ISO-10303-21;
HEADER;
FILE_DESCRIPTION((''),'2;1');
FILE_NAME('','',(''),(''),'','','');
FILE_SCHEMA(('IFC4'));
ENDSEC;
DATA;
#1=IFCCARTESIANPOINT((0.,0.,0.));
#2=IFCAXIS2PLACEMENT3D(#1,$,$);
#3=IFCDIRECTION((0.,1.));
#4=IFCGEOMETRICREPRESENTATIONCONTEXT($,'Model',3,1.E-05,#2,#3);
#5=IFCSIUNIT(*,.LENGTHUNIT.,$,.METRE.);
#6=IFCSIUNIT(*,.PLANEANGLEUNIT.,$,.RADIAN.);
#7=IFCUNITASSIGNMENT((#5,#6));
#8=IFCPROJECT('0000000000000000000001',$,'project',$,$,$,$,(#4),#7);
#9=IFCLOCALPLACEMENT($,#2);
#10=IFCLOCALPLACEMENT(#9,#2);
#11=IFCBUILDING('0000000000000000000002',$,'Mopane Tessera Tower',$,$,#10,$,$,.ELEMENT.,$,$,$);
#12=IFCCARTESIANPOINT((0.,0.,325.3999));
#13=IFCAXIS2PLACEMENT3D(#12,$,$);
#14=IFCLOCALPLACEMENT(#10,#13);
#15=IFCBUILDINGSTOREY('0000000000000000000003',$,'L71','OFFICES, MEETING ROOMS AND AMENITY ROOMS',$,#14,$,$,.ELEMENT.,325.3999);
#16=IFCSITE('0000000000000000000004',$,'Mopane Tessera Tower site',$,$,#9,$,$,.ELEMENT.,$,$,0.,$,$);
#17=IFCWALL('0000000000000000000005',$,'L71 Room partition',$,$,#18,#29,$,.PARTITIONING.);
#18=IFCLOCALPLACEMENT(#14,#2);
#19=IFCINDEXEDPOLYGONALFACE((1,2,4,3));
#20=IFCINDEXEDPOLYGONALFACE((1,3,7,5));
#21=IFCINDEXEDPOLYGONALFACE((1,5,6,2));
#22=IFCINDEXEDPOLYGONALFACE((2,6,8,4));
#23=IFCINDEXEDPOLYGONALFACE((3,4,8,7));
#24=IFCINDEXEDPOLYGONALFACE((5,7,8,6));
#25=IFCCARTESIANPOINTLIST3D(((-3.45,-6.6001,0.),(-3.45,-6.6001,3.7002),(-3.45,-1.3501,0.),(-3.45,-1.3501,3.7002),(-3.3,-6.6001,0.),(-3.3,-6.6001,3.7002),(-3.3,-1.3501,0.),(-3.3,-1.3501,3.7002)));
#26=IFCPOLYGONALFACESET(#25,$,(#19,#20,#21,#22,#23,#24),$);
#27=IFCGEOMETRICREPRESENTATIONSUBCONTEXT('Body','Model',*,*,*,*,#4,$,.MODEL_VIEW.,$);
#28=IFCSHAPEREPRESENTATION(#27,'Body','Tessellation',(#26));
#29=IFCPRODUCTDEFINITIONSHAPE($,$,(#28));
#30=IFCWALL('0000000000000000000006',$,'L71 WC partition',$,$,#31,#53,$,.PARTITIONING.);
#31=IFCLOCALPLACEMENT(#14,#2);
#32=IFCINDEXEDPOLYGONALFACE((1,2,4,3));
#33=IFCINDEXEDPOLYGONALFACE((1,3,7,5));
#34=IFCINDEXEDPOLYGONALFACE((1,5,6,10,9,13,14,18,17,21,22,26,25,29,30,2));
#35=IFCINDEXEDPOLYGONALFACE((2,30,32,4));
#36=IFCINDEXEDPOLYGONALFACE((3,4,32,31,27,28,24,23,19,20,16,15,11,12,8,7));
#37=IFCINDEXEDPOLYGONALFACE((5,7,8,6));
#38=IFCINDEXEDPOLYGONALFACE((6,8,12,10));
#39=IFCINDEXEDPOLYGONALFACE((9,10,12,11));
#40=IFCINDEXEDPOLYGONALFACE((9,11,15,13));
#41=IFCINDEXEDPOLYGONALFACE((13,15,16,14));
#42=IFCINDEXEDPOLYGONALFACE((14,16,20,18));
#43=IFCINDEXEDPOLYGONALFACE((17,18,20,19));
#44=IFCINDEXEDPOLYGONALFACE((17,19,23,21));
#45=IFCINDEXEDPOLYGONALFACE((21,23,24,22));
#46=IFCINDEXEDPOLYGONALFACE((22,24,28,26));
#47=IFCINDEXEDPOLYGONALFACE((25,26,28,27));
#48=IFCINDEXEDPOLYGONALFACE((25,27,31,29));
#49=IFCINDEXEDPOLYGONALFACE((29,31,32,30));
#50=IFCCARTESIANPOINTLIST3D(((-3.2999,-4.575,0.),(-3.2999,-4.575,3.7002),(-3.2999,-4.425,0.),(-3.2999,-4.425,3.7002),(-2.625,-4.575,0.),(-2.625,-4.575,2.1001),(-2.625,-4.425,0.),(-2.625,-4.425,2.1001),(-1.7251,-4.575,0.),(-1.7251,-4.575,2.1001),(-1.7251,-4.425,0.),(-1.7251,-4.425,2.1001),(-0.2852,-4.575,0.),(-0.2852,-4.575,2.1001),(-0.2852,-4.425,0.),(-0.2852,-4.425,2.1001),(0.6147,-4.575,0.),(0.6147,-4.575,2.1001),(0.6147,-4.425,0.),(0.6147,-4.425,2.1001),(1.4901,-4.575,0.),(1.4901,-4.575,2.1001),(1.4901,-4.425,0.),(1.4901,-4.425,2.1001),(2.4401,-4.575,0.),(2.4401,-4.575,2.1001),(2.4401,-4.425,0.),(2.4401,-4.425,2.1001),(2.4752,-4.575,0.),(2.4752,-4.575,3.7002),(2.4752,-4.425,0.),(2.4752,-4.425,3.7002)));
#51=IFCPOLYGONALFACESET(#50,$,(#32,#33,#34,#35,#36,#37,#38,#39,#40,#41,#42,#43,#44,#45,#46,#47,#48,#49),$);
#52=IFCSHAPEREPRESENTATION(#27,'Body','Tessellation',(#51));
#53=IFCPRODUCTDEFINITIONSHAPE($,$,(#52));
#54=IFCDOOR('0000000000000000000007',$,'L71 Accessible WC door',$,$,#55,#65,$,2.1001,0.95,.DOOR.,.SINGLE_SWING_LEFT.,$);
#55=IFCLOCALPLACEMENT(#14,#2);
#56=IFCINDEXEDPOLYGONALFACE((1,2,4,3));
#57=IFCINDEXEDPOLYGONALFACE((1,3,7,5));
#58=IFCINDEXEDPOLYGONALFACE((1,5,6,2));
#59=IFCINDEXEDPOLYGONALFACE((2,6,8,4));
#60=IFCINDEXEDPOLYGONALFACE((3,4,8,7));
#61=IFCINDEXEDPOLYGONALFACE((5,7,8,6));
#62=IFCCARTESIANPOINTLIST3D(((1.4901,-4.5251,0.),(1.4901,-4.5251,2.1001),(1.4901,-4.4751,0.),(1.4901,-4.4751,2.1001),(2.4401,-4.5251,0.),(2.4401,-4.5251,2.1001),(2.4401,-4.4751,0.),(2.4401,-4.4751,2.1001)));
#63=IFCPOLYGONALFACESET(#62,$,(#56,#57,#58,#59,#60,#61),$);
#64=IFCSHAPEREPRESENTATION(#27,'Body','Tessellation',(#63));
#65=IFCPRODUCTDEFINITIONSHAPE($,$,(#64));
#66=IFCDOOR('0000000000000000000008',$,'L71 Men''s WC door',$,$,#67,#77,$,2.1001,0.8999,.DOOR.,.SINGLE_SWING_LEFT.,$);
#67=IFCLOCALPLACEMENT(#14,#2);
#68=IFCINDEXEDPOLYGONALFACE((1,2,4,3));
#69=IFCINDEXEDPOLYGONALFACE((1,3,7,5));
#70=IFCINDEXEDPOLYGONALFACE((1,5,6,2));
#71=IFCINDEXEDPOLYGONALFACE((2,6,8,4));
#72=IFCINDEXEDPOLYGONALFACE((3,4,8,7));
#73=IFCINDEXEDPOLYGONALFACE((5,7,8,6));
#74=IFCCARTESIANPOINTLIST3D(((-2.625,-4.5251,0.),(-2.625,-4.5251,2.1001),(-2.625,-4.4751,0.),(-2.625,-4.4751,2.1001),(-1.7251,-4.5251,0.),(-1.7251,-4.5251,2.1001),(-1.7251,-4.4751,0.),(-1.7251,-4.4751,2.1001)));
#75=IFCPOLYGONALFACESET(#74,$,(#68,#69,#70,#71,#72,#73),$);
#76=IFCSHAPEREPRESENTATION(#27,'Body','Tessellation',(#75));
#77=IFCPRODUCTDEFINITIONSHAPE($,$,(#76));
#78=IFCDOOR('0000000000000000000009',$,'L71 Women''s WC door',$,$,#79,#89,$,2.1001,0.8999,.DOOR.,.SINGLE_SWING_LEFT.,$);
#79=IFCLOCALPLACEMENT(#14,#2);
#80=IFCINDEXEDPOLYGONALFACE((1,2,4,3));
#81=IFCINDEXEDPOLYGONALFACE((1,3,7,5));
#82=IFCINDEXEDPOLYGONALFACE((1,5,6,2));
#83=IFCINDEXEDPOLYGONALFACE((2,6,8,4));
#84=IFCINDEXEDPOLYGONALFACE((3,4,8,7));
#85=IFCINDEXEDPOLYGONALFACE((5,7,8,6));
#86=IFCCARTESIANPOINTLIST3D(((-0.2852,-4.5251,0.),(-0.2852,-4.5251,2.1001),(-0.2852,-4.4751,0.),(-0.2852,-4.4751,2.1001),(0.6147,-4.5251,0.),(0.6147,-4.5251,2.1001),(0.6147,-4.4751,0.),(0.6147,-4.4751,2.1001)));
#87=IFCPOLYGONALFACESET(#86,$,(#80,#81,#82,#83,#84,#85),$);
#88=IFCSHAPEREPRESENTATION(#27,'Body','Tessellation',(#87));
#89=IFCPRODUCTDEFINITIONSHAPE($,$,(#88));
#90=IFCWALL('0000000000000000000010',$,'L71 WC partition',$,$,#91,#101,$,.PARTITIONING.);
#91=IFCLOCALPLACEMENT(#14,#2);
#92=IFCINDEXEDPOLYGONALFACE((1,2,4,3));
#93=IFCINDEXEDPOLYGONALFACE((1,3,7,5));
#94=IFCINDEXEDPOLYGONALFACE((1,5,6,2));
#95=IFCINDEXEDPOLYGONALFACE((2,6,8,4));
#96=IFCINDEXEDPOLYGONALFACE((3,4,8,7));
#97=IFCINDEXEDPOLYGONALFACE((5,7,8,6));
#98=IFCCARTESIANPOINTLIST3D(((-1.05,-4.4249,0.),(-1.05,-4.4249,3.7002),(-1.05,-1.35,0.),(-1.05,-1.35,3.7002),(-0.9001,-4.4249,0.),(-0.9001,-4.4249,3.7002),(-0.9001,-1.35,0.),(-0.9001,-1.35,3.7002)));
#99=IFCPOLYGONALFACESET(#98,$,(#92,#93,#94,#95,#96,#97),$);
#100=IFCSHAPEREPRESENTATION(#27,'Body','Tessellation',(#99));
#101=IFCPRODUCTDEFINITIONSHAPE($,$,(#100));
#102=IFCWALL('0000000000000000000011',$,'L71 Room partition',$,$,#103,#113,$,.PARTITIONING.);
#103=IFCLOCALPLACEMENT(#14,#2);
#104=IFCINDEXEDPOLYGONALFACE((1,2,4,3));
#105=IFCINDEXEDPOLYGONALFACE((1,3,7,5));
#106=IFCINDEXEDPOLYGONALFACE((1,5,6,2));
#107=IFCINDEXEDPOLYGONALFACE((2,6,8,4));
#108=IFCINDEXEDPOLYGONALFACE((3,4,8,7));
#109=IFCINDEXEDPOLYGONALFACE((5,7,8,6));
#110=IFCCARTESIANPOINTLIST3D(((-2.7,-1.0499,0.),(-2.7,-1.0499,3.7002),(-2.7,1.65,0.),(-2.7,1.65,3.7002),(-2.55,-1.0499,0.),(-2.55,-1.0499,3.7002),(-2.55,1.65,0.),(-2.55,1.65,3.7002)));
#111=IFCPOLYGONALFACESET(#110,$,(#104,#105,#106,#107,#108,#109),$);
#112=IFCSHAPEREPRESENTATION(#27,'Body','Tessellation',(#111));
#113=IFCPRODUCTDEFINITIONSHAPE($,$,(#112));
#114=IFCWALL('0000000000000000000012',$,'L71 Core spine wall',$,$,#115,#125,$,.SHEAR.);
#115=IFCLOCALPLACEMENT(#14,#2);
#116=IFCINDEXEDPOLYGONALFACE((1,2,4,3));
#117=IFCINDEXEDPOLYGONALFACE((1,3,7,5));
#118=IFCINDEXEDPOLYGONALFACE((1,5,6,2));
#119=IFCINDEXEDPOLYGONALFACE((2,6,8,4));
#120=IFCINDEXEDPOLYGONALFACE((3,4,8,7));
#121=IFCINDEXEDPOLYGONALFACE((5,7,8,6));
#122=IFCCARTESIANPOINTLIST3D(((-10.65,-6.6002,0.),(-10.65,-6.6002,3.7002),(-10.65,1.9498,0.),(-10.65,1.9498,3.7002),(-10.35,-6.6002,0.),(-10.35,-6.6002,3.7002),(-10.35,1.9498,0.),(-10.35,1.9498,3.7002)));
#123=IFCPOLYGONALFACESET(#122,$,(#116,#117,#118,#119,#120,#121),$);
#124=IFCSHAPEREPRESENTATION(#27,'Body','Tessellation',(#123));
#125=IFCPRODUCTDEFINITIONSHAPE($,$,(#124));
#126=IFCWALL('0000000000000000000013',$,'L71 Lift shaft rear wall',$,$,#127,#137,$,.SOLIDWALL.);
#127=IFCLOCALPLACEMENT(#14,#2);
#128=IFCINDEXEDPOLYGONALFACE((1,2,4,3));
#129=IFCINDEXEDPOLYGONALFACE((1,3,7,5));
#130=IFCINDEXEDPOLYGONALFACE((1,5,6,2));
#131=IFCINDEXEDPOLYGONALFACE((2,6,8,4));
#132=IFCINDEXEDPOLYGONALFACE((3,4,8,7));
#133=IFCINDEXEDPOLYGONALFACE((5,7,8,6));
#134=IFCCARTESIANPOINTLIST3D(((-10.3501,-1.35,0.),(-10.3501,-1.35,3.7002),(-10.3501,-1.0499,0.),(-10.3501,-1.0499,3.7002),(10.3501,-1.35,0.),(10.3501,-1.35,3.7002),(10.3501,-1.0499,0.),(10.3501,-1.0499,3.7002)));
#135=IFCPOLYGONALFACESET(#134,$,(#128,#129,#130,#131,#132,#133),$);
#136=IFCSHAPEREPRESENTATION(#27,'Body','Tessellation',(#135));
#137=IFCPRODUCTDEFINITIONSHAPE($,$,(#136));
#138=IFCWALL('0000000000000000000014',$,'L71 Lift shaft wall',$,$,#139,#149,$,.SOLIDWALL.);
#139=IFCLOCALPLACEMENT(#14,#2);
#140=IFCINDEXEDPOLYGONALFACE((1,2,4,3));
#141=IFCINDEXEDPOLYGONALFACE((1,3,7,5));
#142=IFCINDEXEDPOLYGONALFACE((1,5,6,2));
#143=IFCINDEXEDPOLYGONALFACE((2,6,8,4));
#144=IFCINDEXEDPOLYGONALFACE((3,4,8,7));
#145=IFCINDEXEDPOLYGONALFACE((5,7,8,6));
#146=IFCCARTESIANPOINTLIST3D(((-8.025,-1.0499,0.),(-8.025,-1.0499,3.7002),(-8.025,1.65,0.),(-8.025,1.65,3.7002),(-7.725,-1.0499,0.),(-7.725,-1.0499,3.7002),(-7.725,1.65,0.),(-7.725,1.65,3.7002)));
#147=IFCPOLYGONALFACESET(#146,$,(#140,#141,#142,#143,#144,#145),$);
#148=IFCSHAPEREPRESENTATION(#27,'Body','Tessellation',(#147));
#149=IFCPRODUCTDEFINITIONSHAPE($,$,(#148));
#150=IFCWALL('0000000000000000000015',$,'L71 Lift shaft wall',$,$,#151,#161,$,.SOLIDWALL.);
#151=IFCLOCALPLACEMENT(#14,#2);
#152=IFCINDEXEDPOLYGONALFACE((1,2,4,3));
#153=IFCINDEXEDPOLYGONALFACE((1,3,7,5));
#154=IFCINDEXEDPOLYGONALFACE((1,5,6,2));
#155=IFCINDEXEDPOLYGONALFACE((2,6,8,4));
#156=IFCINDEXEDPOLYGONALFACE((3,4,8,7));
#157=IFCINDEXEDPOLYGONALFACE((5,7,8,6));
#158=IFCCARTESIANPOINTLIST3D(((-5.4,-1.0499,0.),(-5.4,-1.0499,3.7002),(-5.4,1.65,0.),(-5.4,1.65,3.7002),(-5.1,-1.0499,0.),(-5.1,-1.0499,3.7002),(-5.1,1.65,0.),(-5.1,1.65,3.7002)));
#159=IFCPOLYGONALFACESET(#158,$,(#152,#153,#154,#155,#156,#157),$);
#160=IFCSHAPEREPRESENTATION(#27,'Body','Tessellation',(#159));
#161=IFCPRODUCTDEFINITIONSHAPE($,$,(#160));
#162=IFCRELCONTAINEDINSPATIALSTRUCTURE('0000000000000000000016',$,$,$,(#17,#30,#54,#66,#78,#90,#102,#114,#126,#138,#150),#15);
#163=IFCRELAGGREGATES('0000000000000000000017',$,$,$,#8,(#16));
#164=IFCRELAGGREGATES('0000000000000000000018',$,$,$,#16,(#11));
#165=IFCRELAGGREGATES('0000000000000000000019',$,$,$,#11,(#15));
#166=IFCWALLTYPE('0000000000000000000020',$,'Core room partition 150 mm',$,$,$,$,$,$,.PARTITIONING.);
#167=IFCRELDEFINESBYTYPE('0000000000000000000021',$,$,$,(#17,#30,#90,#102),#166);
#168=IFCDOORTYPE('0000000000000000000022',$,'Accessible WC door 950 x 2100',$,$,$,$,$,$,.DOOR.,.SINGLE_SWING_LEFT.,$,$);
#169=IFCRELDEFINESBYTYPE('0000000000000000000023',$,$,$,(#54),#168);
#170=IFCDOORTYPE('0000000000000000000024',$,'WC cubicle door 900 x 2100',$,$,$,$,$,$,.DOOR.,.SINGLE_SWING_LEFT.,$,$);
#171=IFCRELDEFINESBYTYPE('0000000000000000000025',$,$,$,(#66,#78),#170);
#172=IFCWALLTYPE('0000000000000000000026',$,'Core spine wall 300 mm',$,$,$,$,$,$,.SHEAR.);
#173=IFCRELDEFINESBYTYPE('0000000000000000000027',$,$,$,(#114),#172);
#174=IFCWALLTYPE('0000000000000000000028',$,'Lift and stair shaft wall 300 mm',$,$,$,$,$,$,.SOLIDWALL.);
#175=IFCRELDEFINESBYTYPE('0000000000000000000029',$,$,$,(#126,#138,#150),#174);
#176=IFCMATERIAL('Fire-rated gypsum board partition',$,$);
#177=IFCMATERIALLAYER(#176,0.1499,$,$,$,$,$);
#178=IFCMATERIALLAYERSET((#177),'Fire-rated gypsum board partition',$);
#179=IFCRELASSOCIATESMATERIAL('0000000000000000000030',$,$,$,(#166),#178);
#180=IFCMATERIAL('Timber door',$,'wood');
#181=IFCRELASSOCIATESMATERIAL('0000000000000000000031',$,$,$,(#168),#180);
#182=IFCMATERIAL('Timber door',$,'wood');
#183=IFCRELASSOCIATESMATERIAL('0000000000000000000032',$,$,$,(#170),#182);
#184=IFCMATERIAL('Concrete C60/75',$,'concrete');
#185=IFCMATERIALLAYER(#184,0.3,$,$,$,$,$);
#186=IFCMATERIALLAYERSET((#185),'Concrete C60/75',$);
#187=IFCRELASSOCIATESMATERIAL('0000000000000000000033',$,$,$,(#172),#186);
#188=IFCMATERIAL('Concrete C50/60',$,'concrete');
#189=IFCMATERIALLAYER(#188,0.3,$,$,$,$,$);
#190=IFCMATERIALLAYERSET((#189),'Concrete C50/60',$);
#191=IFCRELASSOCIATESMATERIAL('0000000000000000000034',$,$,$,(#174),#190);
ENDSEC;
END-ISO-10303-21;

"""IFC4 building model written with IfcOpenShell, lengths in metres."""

from ifc_helpers import new_model, si_unit, direction, frame, frame_2d, origin, place, context, subcontext, project, spatial, rectangle, extrude, material, layer, layer_set, type_object, element, fill, save


model = new_model("IFC4")

# Units and contexts
model_context = context("Model", 3, precision=1e-05, world=origin(), true_north=direction((0.0, 1.0)))
body_context = subcontext(model_context, "Body", "Model", "MODEL_VIEW")
ifc_project = project(units=[si_unit("LENGTHUNIT", "METRE"), si_unit("PLANEANGLEUNIT", "RADIAN")], contexts=[model_context])

# Site, building, storey
site_placement = place(None, origin())
site = spatial("IfcSite", under=ifc_project, at=site_placement, Name="Mopane Tessera Tower site", CompositionType="ELEMENT", RefElevation=0.0)
building_placement = place(site_placement, origin())
building = spatial("IfcBuilding", under=site, at=building_placement, Name="Mopane Tessera Tower", CompositionType="ELEMENT")
storey_placement = place(building_placement, frame((0.0, 0.0, 325.3999)))
storey = spatial("IfcBuildingStorey", under=building, at=storey_placement, Name="L71", Description="OFFICES, MEETING ROOMS AND AMENITY ROOMS", CompositionType="ELEMENT", Elevation=325.3999)

# Wall
ifc_material_1 = material(Name="Fire-rated gypsum board partition")
ifc_layer_1 = layer(ifc_material_1, 0.1499)
ifc_layer_set_1 = layer_set([ifc_layer_1], Name="Fire-rated gypsum board partition")
wall_type_1 = type_object("IfcWallType", Name="Core room partition 150 mm", PredefinedType="PARTITIONING", material=ifc_layer_set_1)
for number, where, z_axis, x_axis, name in (
    (1, (-3.375, -6.6001, 0.0), (0.0, 0.0, 1.0), (0.0, 1.0, 0.0), "L71 Room partition"),
):
    element("IfcWall", number, at=place(storey_placement, frame(where, z_axis=z_axis, x_axis=x_axis)), inside=storey, type_object=wall_type_1, Name=name, PredefinedType="PARTITIONING", context=body_context, shape_type="SweptSolid", body=[
        extrude(rectangle(XDim=5.25, YDim=0.1499, at=frame_2d((2.625, 0.0))), origin(), (0.0, 0.0, 1.0), 3.7002),
    ])

# Wall, openings, doors
wall_1_placement = place(storey_placement, frame((-3.3, -4.5, 0.0), z_axis=(0.0, 0.0, 1.0), x_axis=(1.0, 0.0, 0.0)))
wall_1 = element("IfcWall", 2, at=wall_1_placement, inside=storey, type_object=wall_type_1, Name="L71 WC partition", PredefinedType="PARTITIONING", context=body_context, shape_type="SweptSolid", body=[
    extrude(rectangle(XDim=5.7751, YDim=0.1499, at=frame_2d((2.8877, 0.0))), origin(), (0.0, 0.0, 1.0), 3.7002),
])
opening_1_placement = place(wall_1_placement, frame((0.675, 0.0, 0.0)))
opening_1 = element("IfcOpeningElement", 3, at=opening_1_placement, cuts=wall_1, PredefinedType="OPENING", context=body_context, shape_type="SweptSolid", body=[
    extrude(rectangle(XDim=0.8999, YDim=2.1001, at=frame_2d((0.45, 1.05))), frame((0.0, 0.0869, 0.0), z_axis=(0.0, -1.0, 0.0), x_axis=(1.0, 0.0, 0.0)), (0.0, 0.0, 1.0), 0.1738),
])
opening_2_placement = place(wall_1_placement, frame((3.0149, 0.0, 0.0)))
opening_2 = element("IfcOpeningElement", 4, at=opening_2_placement, cuts=wall_1, PredefinedType="OPENING", context=body_context, shape_type="SweptSolid", body=[
    extrude(rectangle(XDim=0.8999, YDim=2.1001, at=frame_2d((0.45, 1.05))), frame((0.0, 0.0869, 0.0), z_axis=(0.0, -1.0, 0.0), x_axis=(1.0, 0.0, 0.0)), (0.0, 0.0, 1.0), 0.1738),
])
opening_3_placement = place(wall_1_placement, frame((4.79, 0.0, 0.0)))
opening_3 = element("IfcOpeningElement", 5, at=opening_3_placement, cuts=wall_1, PredefinedType="OPENING", context=body_context, shape_type="SweptSolid", body=[
    extrude(rectangle(XDim=0.95, YDim=2.1001, at=frame_2d((0.4751, 1.05))), frame((0.0, 0.0869, 0.0), z_axis=(0.0, -1.0, 0.0), x_axis=(1.0, 0.0, 0.0)), (0.0, 0.0, 1.0), 0.1738),
])
ifc_material_2 = material(Name="Timber door", Category="wood")
door_type_1 = type_object("IfcDoorType", Name="Accessible WC door 950 x 2100", OperationType="SINGLE_SWING_LEFT", PredefinedType="DOOR", material=ifc_material_2)
door_1_placement = place(opening_3_placement, origin())
door_1 = element("IfcDoor", 6, at=door_1_placement, inside=storey, type_object=door_type_1, Name="L71 Accessible WC door", OperationType="SINGLE_SWING_LEFT", OverallHeight=2.1001, OverallWidth=0.95, PredefinedType="DOOR", context=body_context, shape_type="SweptSolid", body=[
    extrude(rectangle(XDim=0.95, YDim=2.1001, at=frame_2d((0.4751, 1.05))), frame((0.0, 0.0249, 0.0), z_axis=(0.0, -1.0, 0.0), x_axis=(1.0, 0.0, 0.0)), (0.0, 0.0, 1.0), 0.05),
])
fill(opening_3, door_1)
ifc_material_3 = material(Name="Timber door", Category="wood")
door_type_2 = type_object("IfcDoorType", Name="WC cubicle door 900 x 2100", OperationType="SINGLE_SWING_LEFT", PredefinedType="DOOR", material=ifc_material_3)
door_2_placement = place(opening_1_placement, origin())
door_2 = element("IfcDoor", 7, at=door_2_placement, inside=storey, type_object=door_type_2, Name="L71 Men's WC door", OperationType="SINGLE_SWING_LEFT", OverallHeight=2.1001, OverallWidth=0.8999, PredefinedType="DOOR", context=body_context, shape_type="SweptSolid", body=[
    extrude(rectangle(XDim=0.8999, YDim=2.1001, at=frame_2d((0.45, 1.05))), frame((0.0, 0.0249, 0.0), z_axis=(0.0, -1.0, 0.0), x_axis=(1.0, 0.0, 0.0)), (0.0, 0.0, 1.0), 0.05),
])
fill(opening_1, door_2)
door_3_placement = place(opening_2_placement, origin())
door_3 = element("IfcDoor", 8, at=door_3_placement, inside=storey, type_object=door_type_2, Name="L71 Women's WC door", OperationType="SINGLE_SWING_LEFT", OverallHeight=2.1001, OverallWidth=0.8999, PredefinedType="DOOR", context=body_context, shape_type="SweptSolid", body=[
    extrude(rectangle(XDim=0.8999, YDim=2.1001, at=frame_2d((0.45, 1.05))), frame((0.0, 0.0249, 0.0), z_axis=(0.0, -1.0, 0.0), x_axis=(1.0, 0.0, 0.0)), (0.0, 0.0, 1.0), 0.05),
])
fill(opening_2, door_3)

# Walls
wall_2_placement = place(storey_placement, frame((-0.9751, -4.425, 0.0), z_axis=(0.0, 0.0, 1.0), x_axis=(0.0, 1.0, 0.0)))
element("IfcWall", 9, at=wall_2_placement, inside=storey, type_object=wall_type_1, Name="L71 WC partition", PredefinedType="PARTITIONING", context=body_context, shape_type="SweptSolid", body=[
    extrude(rectangle(XDim=3.075, YDim=0.1499, at=frame_2d((1.5376, 0.0))), origin(), (0.0, 0.0, 1.0), 3.7002),
])
wall_3_placement = place(storey_placement, frame((-2.625, -1.05, 0.0), z_axis=(0.0, 0.0, 1.0), x_axis=(0.0, 1.0, 0.0)))
element("IfcWall", 10, at=wall_3_placement, inside=storey, type_object=wall_type_1, Name="L71 Room partition", PredefinedType="PARTITIONING", context=body_context, shape_type="SweptSolid", body=[
    extrude(rectangle(XDim=2.7, YDim=0.1499, at=frame_2d((1.3501, 0.0))), origin(), (0.0, 0.0, 1.0), 3.7002),
])
ifc_material_4 = material(Name="Concrete C60/75", Category="concrete")
ifc_layer_2 = layer(ifc_material_4, 0.3)
ifc_layer_set_2 = layer_set([ifc_layer_2], Name="Concrete C60/75")
wall_type_2 = type_object("IfcWallType", Name="Core spine wall 300 mm", PredefinedType="SHEAR", material=ifc_layer_set_2)
wall_4_placement = place(storey_placement, frame((-10.5, -6.6001, 0.0), z_axis=(0.0, 0.0, 1.0), x_axis=(0.0, 1.0, 0.0)))
element("IfcWall", 11, at=wall_4_placement, inside=storey, type_object=wall_type_2, Name="L71 Core spine wall", PredefinedType="SHEAR", context=body_context, shape_type="SweptSolid", body=[
    extrude(rectangle(XDim=8.55, YDim=0.3, at=frame_2d((4.2749, 0.0))), origin(), (0.0, 0.0, 1.0), 3.7002),
])
ifc_material_5 = material(Name="Concrete C50/60", Category="concrete")
ifc_layer_3 = layer(ifc_material_5, 0.3)
ifc_layer_set_3 = layer_set([ifc_layer_3], Name="Concrete C50/60")
wall_type_3 = type_object("IfcWallType", Name="Lift and stair shaft wall 300 mm", PredefinedType="SOLIDWALL", material=ifc_layer_set_3)
wall_5_placement = place(storey_placement, frame((-10.3501, -1.2, 0.0), z_axis=(0.0, 0.0, 1.0), x_axis=(1.0, 0.0, 0.0)))
element("IfcWall", 12, at=wall_5_placement, inside=storey, type_object=wall_type_3, Name="L71 Lift shaft rear wall", PredefinedType="SOLIDWALL", context=body_context, shape_type="SweptSolid", body=[
    extrude(rectangle(XDim=20.7002, YDim=0.3, at=frame_2d((10.3501, 0.0))), origin(), (0.0, 0.0, 1.0), 3.7002),
])
for number, where, z_axis, x_axis, name in (
    (13, (-7.875, -1.05, 0.0), (0.0, 0.0, 1.0), (0.0, 1.0, 0.0), "L71 Lift shaft wall"),
    (14, (-5.25, -1.05, 0.0), (0.0, 0.0, 1.0), (0.0, 1.0, 0.0), "L71 Lift shaft wall"),
):
    element("IfcWall", number, at=place(storey_placement, frame(where, z_axis=z_axis, x_axis=x_axis)), inside=storey, type_object=wall_type_3, Name=name, PredefinedType="SOLIDWALL", context=body_context, shape_type="SweptSolid", body=[
        extrude(rectangle(XDim=2.7, YDim=0.3, at=frame_2d((1.3501, 0.0))), origin(), (0.0, 0.0, 1.0), 3.7002),
    ])

save(model, "model.ifc")
